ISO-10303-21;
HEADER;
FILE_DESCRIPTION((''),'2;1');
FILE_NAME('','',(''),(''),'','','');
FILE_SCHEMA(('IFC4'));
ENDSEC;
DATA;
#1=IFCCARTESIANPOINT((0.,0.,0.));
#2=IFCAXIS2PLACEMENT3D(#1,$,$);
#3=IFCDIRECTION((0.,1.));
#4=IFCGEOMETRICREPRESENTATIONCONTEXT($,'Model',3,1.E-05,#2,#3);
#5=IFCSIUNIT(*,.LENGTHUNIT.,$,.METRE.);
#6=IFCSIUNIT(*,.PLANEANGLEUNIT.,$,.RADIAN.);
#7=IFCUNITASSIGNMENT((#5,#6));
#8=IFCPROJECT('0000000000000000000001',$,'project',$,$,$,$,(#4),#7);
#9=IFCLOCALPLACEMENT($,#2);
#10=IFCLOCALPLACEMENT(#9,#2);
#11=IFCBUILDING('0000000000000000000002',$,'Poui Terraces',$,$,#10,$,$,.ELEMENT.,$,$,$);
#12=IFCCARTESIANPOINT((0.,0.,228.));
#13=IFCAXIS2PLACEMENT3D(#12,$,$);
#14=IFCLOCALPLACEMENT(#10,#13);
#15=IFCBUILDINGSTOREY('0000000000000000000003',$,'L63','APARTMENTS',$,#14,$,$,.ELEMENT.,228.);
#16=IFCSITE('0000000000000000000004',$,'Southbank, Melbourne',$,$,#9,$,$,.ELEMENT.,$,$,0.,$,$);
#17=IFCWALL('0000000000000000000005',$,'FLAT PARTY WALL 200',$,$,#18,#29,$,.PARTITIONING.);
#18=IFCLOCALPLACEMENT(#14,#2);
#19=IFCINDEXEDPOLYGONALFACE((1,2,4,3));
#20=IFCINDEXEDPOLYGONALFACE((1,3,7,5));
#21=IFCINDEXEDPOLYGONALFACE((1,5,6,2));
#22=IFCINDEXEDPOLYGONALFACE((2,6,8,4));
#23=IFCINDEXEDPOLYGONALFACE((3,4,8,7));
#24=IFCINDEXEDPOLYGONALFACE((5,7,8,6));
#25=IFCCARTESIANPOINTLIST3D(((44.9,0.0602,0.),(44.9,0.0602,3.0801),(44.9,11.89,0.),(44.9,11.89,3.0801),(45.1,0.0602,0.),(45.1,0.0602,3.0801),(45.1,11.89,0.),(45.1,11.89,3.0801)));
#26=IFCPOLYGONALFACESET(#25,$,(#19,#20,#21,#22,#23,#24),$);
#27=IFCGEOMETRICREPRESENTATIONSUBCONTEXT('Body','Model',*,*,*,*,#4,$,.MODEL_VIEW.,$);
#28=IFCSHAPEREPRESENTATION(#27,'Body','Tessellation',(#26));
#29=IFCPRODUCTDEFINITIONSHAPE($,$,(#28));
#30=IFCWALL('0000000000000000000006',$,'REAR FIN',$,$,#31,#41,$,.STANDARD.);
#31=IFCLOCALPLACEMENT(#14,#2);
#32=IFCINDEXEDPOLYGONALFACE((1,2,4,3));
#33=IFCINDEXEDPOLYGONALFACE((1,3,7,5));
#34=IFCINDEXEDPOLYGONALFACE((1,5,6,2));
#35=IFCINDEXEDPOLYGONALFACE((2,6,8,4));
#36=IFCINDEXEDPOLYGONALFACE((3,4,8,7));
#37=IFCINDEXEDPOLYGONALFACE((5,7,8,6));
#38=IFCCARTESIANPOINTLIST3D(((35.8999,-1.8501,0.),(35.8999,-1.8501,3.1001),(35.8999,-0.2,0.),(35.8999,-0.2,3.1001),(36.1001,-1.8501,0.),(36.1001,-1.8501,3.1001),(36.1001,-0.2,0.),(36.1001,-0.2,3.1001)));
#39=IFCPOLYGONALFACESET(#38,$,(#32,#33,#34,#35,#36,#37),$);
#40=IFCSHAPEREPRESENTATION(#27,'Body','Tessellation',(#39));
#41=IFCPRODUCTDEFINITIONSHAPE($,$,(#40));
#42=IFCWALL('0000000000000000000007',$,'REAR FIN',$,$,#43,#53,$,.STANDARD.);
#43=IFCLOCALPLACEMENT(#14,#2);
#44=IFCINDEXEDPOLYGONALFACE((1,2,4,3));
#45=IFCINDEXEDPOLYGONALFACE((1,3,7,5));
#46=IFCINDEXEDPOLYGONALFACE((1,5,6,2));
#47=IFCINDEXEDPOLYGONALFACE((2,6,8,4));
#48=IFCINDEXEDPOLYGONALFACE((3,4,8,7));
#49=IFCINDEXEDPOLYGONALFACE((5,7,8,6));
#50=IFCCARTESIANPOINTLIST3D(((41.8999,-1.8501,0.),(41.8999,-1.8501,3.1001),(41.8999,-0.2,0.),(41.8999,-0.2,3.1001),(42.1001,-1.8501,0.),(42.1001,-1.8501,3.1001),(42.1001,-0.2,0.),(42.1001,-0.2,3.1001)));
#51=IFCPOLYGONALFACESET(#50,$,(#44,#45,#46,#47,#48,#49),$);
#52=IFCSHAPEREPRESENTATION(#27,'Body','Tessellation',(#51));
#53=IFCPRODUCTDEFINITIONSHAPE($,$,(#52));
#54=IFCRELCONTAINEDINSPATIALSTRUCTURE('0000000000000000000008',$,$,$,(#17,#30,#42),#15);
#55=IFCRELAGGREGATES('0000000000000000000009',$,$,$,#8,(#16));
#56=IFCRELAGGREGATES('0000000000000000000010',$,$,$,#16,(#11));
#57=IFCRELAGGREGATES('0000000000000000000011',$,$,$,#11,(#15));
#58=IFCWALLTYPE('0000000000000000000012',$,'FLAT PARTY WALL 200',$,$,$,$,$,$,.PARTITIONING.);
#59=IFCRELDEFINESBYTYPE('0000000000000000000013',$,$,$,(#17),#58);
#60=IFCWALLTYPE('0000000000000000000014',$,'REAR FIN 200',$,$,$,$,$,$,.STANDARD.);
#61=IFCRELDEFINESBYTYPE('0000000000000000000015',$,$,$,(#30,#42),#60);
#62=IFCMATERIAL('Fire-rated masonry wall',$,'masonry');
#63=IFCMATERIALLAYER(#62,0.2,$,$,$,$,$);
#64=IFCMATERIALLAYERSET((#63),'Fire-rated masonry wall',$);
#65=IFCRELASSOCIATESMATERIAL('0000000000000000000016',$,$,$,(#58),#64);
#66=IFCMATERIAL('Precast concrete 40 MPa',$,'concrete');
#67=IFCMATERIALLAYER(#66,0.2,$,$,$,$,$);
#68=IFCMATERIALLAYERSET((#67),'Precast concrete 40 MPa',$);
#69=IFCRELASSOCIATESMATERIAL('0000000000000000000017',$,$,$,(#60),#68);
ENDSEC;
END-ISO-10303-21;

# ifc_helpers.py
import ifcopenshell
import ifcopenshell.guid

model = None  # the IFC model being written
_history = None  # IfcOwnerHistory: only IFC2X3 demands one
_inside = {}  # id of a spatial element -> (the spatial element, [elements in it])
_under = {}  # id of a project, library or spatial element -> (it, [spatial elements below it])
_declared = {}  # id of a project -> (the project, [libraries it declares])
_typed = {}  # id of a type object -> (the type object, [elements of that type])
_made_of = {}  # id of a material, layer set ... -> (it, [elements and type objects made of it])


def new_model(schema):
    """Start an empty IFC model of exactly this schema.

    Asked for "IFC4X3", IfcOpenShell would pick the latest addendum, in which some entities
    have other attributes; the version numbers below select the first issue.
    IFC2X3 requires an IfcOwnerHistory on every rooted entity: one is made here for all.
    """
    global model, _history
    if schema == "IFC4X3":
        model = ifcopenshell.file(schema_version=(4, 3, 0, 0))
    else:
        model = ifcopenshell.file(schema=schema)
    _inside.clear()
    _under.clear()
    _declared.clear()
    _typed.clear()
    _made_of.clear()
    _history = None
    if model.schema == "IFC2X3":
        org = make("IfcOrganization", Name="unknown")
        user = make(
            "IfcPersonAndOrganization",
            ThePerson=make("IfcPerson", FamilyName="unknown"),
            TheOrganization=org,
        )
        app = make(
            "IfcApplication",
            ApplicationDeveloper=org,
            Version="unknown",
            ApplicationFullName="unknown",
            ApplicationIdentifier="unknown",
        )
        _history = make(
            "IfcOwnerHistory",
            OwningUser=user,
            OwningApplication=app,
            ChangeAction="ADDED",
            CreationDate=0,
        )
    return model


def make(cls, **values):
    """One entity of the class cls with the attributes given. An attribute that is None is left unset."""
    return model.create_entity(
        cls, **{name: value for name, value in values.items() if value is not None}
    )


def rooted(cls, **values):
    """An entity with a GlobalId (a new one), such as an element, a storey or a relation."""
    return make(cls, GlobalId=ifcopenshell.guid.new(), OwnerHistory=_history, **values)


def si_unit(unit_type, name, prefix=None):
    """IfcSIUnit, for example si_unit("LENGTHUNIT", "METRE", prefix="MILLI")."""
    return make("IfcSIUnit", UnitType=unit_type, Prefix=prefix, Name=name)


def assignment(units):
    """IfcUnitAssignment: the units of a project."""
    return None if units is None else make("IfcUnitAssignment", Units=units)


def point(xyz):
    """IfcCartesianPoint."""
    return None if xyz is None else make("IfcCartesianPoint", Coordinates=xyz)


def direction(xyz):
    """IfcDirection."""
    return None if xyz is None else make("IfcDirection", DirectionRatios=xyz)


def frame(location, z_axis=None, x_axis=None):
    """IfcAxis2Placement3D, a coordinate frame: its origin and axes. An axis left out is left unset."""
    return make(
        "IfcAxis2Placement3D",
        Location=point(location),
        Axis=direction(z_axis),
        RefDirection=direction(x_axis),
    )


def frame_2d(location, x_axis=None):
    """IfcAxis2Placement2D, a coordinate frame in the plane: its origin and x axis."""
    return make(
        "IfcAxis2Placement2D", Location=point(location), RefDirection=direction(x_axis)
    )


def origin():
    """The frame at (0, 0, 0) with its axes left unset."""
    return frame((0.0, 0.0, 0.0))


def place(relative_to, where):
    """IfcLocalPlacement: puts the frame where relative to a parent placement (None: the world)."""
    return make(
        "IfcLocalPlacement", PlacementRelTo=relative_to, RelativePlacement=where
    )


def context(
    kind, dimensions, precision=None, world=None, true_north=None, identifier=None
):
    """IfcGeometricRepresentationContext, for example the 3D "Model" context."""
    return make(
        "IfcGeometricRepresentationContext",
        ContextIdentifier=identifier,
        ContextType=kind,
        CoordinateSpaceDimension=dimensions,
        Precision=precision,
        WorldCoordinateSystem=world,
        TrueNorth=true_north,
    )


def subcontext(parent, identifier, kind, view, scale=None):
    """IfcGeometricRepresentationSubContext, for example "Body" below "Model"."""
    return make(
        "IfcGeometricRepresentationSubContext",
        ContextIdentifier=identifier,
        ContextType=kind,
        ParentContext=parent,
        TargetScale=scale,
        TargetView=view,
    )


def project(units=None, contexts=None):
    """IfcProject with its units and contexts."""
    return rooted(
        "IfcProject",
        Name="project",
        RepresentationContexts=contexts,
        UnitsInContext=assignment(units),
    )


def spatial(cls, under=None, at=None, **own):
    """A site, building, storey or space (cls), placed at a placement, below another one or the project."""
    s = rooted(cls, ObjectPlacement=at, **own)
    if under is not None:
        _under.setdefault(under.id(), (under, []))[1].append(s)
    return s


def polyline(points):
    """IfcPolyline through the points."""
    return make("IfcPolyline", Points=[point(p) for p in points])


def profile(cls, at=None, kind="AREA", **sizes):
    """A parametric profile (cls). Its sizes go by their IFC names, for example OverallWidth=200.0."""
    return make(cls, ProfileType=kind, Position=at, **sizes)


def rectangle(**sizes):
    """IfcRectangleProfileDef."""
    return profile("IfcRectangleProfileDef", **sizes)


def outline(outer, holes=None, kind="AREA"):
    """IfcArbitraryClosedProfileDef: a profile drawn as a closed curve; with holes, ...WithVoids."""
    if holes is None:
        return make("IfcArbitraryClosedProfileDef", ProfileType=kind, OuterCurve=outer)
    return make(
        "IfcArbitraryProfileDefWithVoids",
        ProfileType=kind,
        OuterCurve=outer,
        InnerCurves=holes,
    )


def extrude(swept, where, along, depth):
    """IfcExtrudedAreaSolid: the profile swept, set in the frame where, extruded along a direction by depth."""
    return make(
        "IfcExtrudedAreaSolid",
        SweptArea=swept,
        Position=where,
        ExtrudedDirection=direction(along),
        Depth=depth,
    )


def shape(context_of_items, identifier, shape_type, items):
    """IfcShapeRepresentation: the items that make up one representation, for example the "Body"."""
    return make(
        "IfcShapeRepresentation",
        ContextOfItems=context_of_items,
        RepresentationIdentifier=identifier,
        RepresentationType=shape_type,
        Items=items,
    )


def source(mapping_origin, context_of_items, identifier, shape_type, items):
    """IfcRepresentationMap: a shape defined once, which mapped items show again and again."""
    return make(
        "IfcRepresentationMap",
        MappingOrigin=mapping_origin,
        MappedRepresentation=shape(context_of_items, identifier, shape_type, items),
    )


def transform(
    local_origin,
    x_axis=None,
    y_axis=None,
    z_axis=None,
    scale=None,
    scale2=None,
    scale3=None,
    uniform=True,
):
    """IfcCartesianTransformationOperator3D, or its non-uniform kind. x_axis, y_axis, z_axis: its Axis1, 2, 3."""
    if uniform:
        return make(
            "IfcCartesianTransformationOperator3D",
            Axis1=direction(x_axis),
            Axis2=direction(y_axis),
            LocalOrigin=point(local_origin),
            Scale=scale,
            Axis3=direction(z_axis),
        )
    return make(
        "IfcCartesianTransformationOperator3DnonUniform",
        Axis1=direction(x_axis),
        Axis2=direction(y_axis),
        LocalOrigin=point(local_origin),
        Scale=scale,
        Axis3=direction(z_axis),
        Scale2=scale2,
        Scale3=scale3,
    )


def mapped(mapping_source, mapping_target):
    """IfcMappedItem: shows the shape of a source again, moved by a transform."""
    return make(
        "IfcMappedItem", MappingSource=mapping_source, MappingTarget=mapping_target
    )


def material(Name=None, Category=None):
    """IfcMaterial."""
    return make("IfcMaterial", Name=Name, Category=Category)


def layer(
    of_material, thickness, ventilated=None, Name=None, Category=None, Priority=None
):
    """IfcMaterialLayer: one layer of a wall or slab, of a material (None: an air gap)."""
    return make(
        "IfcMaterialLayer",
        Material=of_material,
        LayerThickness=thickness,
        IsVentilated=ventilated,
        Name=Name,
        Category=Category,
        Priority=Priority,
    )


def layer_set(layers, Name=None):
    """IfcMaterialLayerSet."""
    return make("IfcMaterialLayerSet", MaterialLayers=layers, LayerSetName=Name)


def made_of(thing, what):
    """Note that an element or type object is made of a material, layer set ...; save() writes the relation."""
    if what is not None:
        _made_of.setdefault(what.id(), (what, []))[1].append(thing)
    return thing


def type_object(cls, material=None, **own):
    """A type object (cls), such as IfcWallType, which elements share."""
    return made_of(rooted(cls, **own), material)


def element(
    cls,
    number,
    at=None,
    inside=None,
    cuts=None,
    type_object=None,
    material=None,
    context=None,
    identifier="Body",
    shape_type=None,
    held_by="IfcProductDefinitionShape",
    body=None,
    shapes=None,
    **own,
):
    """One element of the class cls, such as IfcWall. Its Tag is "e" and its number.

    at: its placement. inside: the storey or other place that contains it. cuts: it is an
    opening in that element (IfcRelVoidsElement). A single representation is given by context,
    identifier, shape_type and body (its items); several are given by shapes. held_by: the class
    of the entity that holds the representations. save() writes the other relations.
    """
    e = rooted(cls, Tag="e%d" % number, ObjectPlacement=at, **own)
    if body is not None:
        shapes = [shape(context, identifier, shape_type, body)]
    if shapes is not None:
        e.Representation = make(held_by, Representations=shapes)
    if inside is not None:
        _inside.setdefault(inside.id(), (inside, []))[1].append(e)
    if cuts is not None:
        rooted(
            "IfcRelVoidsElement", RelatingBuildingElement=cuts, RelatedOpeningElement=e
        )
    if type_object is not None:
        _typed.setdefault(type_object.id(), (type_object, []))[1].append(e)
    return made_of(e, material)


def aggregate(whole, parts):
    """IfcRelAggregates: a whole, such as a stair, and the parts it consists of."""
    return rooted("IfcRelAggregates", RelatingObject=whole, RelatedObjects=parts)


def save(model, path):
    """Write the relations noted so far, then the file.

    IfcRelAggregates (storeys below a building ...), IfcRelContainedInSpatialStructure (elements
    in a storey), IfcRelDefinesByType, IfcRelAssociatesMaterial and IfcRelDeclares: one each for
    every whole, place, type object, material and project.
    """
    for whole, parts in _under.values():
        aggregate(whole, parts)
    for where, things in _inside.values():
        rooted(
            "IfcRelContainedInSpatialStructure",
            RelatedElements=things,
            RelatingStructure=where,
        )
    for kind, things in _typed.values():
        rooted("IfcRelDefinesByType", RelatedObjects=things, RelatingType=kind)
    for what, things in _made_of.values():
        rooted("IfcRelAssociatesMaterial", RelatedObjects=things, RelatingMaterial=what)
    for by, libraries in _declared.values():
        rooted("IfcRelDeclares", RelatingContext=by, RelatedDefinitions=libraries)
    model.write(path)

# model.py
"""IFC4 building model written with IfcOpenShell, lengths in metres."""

from ifc_helpers import new_model, si_unit, direction, frame, frame_2d, origin, place, context, subcontext, project, spatial, polyline, rectangle, outline, extrude, source, transform, mapped, material, layer, layer_set, type_object, element, save


model = new_model("IFC4")

# Units and contexts
model_context = context("Model", 3, precision=1e-05, world=origin(), true_north=direction((0.0, 1.0)))
body_context = subcontext(model_context, "Body", "Model", "MODEL_VIEW")
ifc_project = project(units=[si_unit("LENGTHUNIT", "METRE"), si_unit("PLANEANGLEUNIT", "RADIAN")], contexts=[model_context])

# Site, building, storey
site_placement = place(None, origin())
site = spatial("IfcSite", under=ifc_project, at=site_placement, Name="Southbank, Melbourne", CompositionType="ELEMENT", RefElevation=0.0)
building_placement = place(site_placement, origin())
building = spatial("IfcBuilding", under=site, at=building_placement, Name="Poui Terraces", CompositionType="ELEMENT")
storey_placement = place(building_placement, frame((0.0, 0.0, 228.0)))
storey = spatial("IfcBuildingStorey", under=building, at=storey_placement, Name="L63", Description="APARTMENTS", CompositionType="ELEMENT", Elevation=228.0)

# Shared definitions
ifc_material_1 = material(Name="Precast concrete 40 MPa", Category="concrete")

# Walls
ifc_material_2 = material(Name="Fire-rated masonry wall", Category="masonry")
ifc_layer_1 = layer(ifc_material_2, 0.2)
ifc_layer_set_1 = layer_set([ifc_layer_1], Name="Fire-rated masonry wall")
wall_type_1 = type_object("IfcWallType", Name="FLAT PARTY WALL 200", PredefinedType="PARTITIONING", material=ifc_layer_set_1)
wall_1_placement = place(storey_placement, frame((45.0, 0.0601, 0.0), z_axis=(0.0, 0.0, 1.0), x_axis=(0.0, 1.0, 0.0)))
element("IfcWall", 1, at=wall_1_placement, inside=storey, type_object=wall_type_1, Name="FLAT PARTY WALL 200", PredefinedType="PARTITIONING", context=body_context, shape_type="SweptSolid", body=[
    extrude(rectangle(XDim=11.8298, YDim=0.2, at=frame_2d((5.915, 0.0))), origin(), (0.0, 0.0, 1.0), 3.0801),
])
ifc_layer_2 = layer(ifc_material_1, 0.2)
ifc_layer_set_2 = layer_set([ifc_layer_2], Name="Precast concrete 40 MPa")
wall_type_2 = type_object("IfcWallType", Name="REAR FIN 200", PredefinedType="STANDARD", material=ifc_layer_set_2)
shared_shape_1 = source(origin(), body_context, "Body", "SweptSolid", [
    extrude(outline(polyline([(0.0, 0.0), (0.2002, 0.0), (0.2002, 1.6501), (0.0, 1.6501), (0.0, 0.0)])), origin(), (0.0, 0.0, 1.0), 3.1001),
])
for number, where, name in (
    (2, (35.8999, -1.8501, 0.0), "REAR FIN"),
    (3, (41.8999, -1.8501, 0.0), "REAR FIN"),
):
    element("IfcWall", number, at=place(storey_placement, frame(where)), inside=storey, type_object=wall_type_2, Name=name, PredefinedType="STANDARD", context=body_context, shape_type="MappedRepresentation", body=[
        mapped(shared_shape_1, transform((0.0, 0.0, 0.0))),
    ])

save(model, "model.ifc")
